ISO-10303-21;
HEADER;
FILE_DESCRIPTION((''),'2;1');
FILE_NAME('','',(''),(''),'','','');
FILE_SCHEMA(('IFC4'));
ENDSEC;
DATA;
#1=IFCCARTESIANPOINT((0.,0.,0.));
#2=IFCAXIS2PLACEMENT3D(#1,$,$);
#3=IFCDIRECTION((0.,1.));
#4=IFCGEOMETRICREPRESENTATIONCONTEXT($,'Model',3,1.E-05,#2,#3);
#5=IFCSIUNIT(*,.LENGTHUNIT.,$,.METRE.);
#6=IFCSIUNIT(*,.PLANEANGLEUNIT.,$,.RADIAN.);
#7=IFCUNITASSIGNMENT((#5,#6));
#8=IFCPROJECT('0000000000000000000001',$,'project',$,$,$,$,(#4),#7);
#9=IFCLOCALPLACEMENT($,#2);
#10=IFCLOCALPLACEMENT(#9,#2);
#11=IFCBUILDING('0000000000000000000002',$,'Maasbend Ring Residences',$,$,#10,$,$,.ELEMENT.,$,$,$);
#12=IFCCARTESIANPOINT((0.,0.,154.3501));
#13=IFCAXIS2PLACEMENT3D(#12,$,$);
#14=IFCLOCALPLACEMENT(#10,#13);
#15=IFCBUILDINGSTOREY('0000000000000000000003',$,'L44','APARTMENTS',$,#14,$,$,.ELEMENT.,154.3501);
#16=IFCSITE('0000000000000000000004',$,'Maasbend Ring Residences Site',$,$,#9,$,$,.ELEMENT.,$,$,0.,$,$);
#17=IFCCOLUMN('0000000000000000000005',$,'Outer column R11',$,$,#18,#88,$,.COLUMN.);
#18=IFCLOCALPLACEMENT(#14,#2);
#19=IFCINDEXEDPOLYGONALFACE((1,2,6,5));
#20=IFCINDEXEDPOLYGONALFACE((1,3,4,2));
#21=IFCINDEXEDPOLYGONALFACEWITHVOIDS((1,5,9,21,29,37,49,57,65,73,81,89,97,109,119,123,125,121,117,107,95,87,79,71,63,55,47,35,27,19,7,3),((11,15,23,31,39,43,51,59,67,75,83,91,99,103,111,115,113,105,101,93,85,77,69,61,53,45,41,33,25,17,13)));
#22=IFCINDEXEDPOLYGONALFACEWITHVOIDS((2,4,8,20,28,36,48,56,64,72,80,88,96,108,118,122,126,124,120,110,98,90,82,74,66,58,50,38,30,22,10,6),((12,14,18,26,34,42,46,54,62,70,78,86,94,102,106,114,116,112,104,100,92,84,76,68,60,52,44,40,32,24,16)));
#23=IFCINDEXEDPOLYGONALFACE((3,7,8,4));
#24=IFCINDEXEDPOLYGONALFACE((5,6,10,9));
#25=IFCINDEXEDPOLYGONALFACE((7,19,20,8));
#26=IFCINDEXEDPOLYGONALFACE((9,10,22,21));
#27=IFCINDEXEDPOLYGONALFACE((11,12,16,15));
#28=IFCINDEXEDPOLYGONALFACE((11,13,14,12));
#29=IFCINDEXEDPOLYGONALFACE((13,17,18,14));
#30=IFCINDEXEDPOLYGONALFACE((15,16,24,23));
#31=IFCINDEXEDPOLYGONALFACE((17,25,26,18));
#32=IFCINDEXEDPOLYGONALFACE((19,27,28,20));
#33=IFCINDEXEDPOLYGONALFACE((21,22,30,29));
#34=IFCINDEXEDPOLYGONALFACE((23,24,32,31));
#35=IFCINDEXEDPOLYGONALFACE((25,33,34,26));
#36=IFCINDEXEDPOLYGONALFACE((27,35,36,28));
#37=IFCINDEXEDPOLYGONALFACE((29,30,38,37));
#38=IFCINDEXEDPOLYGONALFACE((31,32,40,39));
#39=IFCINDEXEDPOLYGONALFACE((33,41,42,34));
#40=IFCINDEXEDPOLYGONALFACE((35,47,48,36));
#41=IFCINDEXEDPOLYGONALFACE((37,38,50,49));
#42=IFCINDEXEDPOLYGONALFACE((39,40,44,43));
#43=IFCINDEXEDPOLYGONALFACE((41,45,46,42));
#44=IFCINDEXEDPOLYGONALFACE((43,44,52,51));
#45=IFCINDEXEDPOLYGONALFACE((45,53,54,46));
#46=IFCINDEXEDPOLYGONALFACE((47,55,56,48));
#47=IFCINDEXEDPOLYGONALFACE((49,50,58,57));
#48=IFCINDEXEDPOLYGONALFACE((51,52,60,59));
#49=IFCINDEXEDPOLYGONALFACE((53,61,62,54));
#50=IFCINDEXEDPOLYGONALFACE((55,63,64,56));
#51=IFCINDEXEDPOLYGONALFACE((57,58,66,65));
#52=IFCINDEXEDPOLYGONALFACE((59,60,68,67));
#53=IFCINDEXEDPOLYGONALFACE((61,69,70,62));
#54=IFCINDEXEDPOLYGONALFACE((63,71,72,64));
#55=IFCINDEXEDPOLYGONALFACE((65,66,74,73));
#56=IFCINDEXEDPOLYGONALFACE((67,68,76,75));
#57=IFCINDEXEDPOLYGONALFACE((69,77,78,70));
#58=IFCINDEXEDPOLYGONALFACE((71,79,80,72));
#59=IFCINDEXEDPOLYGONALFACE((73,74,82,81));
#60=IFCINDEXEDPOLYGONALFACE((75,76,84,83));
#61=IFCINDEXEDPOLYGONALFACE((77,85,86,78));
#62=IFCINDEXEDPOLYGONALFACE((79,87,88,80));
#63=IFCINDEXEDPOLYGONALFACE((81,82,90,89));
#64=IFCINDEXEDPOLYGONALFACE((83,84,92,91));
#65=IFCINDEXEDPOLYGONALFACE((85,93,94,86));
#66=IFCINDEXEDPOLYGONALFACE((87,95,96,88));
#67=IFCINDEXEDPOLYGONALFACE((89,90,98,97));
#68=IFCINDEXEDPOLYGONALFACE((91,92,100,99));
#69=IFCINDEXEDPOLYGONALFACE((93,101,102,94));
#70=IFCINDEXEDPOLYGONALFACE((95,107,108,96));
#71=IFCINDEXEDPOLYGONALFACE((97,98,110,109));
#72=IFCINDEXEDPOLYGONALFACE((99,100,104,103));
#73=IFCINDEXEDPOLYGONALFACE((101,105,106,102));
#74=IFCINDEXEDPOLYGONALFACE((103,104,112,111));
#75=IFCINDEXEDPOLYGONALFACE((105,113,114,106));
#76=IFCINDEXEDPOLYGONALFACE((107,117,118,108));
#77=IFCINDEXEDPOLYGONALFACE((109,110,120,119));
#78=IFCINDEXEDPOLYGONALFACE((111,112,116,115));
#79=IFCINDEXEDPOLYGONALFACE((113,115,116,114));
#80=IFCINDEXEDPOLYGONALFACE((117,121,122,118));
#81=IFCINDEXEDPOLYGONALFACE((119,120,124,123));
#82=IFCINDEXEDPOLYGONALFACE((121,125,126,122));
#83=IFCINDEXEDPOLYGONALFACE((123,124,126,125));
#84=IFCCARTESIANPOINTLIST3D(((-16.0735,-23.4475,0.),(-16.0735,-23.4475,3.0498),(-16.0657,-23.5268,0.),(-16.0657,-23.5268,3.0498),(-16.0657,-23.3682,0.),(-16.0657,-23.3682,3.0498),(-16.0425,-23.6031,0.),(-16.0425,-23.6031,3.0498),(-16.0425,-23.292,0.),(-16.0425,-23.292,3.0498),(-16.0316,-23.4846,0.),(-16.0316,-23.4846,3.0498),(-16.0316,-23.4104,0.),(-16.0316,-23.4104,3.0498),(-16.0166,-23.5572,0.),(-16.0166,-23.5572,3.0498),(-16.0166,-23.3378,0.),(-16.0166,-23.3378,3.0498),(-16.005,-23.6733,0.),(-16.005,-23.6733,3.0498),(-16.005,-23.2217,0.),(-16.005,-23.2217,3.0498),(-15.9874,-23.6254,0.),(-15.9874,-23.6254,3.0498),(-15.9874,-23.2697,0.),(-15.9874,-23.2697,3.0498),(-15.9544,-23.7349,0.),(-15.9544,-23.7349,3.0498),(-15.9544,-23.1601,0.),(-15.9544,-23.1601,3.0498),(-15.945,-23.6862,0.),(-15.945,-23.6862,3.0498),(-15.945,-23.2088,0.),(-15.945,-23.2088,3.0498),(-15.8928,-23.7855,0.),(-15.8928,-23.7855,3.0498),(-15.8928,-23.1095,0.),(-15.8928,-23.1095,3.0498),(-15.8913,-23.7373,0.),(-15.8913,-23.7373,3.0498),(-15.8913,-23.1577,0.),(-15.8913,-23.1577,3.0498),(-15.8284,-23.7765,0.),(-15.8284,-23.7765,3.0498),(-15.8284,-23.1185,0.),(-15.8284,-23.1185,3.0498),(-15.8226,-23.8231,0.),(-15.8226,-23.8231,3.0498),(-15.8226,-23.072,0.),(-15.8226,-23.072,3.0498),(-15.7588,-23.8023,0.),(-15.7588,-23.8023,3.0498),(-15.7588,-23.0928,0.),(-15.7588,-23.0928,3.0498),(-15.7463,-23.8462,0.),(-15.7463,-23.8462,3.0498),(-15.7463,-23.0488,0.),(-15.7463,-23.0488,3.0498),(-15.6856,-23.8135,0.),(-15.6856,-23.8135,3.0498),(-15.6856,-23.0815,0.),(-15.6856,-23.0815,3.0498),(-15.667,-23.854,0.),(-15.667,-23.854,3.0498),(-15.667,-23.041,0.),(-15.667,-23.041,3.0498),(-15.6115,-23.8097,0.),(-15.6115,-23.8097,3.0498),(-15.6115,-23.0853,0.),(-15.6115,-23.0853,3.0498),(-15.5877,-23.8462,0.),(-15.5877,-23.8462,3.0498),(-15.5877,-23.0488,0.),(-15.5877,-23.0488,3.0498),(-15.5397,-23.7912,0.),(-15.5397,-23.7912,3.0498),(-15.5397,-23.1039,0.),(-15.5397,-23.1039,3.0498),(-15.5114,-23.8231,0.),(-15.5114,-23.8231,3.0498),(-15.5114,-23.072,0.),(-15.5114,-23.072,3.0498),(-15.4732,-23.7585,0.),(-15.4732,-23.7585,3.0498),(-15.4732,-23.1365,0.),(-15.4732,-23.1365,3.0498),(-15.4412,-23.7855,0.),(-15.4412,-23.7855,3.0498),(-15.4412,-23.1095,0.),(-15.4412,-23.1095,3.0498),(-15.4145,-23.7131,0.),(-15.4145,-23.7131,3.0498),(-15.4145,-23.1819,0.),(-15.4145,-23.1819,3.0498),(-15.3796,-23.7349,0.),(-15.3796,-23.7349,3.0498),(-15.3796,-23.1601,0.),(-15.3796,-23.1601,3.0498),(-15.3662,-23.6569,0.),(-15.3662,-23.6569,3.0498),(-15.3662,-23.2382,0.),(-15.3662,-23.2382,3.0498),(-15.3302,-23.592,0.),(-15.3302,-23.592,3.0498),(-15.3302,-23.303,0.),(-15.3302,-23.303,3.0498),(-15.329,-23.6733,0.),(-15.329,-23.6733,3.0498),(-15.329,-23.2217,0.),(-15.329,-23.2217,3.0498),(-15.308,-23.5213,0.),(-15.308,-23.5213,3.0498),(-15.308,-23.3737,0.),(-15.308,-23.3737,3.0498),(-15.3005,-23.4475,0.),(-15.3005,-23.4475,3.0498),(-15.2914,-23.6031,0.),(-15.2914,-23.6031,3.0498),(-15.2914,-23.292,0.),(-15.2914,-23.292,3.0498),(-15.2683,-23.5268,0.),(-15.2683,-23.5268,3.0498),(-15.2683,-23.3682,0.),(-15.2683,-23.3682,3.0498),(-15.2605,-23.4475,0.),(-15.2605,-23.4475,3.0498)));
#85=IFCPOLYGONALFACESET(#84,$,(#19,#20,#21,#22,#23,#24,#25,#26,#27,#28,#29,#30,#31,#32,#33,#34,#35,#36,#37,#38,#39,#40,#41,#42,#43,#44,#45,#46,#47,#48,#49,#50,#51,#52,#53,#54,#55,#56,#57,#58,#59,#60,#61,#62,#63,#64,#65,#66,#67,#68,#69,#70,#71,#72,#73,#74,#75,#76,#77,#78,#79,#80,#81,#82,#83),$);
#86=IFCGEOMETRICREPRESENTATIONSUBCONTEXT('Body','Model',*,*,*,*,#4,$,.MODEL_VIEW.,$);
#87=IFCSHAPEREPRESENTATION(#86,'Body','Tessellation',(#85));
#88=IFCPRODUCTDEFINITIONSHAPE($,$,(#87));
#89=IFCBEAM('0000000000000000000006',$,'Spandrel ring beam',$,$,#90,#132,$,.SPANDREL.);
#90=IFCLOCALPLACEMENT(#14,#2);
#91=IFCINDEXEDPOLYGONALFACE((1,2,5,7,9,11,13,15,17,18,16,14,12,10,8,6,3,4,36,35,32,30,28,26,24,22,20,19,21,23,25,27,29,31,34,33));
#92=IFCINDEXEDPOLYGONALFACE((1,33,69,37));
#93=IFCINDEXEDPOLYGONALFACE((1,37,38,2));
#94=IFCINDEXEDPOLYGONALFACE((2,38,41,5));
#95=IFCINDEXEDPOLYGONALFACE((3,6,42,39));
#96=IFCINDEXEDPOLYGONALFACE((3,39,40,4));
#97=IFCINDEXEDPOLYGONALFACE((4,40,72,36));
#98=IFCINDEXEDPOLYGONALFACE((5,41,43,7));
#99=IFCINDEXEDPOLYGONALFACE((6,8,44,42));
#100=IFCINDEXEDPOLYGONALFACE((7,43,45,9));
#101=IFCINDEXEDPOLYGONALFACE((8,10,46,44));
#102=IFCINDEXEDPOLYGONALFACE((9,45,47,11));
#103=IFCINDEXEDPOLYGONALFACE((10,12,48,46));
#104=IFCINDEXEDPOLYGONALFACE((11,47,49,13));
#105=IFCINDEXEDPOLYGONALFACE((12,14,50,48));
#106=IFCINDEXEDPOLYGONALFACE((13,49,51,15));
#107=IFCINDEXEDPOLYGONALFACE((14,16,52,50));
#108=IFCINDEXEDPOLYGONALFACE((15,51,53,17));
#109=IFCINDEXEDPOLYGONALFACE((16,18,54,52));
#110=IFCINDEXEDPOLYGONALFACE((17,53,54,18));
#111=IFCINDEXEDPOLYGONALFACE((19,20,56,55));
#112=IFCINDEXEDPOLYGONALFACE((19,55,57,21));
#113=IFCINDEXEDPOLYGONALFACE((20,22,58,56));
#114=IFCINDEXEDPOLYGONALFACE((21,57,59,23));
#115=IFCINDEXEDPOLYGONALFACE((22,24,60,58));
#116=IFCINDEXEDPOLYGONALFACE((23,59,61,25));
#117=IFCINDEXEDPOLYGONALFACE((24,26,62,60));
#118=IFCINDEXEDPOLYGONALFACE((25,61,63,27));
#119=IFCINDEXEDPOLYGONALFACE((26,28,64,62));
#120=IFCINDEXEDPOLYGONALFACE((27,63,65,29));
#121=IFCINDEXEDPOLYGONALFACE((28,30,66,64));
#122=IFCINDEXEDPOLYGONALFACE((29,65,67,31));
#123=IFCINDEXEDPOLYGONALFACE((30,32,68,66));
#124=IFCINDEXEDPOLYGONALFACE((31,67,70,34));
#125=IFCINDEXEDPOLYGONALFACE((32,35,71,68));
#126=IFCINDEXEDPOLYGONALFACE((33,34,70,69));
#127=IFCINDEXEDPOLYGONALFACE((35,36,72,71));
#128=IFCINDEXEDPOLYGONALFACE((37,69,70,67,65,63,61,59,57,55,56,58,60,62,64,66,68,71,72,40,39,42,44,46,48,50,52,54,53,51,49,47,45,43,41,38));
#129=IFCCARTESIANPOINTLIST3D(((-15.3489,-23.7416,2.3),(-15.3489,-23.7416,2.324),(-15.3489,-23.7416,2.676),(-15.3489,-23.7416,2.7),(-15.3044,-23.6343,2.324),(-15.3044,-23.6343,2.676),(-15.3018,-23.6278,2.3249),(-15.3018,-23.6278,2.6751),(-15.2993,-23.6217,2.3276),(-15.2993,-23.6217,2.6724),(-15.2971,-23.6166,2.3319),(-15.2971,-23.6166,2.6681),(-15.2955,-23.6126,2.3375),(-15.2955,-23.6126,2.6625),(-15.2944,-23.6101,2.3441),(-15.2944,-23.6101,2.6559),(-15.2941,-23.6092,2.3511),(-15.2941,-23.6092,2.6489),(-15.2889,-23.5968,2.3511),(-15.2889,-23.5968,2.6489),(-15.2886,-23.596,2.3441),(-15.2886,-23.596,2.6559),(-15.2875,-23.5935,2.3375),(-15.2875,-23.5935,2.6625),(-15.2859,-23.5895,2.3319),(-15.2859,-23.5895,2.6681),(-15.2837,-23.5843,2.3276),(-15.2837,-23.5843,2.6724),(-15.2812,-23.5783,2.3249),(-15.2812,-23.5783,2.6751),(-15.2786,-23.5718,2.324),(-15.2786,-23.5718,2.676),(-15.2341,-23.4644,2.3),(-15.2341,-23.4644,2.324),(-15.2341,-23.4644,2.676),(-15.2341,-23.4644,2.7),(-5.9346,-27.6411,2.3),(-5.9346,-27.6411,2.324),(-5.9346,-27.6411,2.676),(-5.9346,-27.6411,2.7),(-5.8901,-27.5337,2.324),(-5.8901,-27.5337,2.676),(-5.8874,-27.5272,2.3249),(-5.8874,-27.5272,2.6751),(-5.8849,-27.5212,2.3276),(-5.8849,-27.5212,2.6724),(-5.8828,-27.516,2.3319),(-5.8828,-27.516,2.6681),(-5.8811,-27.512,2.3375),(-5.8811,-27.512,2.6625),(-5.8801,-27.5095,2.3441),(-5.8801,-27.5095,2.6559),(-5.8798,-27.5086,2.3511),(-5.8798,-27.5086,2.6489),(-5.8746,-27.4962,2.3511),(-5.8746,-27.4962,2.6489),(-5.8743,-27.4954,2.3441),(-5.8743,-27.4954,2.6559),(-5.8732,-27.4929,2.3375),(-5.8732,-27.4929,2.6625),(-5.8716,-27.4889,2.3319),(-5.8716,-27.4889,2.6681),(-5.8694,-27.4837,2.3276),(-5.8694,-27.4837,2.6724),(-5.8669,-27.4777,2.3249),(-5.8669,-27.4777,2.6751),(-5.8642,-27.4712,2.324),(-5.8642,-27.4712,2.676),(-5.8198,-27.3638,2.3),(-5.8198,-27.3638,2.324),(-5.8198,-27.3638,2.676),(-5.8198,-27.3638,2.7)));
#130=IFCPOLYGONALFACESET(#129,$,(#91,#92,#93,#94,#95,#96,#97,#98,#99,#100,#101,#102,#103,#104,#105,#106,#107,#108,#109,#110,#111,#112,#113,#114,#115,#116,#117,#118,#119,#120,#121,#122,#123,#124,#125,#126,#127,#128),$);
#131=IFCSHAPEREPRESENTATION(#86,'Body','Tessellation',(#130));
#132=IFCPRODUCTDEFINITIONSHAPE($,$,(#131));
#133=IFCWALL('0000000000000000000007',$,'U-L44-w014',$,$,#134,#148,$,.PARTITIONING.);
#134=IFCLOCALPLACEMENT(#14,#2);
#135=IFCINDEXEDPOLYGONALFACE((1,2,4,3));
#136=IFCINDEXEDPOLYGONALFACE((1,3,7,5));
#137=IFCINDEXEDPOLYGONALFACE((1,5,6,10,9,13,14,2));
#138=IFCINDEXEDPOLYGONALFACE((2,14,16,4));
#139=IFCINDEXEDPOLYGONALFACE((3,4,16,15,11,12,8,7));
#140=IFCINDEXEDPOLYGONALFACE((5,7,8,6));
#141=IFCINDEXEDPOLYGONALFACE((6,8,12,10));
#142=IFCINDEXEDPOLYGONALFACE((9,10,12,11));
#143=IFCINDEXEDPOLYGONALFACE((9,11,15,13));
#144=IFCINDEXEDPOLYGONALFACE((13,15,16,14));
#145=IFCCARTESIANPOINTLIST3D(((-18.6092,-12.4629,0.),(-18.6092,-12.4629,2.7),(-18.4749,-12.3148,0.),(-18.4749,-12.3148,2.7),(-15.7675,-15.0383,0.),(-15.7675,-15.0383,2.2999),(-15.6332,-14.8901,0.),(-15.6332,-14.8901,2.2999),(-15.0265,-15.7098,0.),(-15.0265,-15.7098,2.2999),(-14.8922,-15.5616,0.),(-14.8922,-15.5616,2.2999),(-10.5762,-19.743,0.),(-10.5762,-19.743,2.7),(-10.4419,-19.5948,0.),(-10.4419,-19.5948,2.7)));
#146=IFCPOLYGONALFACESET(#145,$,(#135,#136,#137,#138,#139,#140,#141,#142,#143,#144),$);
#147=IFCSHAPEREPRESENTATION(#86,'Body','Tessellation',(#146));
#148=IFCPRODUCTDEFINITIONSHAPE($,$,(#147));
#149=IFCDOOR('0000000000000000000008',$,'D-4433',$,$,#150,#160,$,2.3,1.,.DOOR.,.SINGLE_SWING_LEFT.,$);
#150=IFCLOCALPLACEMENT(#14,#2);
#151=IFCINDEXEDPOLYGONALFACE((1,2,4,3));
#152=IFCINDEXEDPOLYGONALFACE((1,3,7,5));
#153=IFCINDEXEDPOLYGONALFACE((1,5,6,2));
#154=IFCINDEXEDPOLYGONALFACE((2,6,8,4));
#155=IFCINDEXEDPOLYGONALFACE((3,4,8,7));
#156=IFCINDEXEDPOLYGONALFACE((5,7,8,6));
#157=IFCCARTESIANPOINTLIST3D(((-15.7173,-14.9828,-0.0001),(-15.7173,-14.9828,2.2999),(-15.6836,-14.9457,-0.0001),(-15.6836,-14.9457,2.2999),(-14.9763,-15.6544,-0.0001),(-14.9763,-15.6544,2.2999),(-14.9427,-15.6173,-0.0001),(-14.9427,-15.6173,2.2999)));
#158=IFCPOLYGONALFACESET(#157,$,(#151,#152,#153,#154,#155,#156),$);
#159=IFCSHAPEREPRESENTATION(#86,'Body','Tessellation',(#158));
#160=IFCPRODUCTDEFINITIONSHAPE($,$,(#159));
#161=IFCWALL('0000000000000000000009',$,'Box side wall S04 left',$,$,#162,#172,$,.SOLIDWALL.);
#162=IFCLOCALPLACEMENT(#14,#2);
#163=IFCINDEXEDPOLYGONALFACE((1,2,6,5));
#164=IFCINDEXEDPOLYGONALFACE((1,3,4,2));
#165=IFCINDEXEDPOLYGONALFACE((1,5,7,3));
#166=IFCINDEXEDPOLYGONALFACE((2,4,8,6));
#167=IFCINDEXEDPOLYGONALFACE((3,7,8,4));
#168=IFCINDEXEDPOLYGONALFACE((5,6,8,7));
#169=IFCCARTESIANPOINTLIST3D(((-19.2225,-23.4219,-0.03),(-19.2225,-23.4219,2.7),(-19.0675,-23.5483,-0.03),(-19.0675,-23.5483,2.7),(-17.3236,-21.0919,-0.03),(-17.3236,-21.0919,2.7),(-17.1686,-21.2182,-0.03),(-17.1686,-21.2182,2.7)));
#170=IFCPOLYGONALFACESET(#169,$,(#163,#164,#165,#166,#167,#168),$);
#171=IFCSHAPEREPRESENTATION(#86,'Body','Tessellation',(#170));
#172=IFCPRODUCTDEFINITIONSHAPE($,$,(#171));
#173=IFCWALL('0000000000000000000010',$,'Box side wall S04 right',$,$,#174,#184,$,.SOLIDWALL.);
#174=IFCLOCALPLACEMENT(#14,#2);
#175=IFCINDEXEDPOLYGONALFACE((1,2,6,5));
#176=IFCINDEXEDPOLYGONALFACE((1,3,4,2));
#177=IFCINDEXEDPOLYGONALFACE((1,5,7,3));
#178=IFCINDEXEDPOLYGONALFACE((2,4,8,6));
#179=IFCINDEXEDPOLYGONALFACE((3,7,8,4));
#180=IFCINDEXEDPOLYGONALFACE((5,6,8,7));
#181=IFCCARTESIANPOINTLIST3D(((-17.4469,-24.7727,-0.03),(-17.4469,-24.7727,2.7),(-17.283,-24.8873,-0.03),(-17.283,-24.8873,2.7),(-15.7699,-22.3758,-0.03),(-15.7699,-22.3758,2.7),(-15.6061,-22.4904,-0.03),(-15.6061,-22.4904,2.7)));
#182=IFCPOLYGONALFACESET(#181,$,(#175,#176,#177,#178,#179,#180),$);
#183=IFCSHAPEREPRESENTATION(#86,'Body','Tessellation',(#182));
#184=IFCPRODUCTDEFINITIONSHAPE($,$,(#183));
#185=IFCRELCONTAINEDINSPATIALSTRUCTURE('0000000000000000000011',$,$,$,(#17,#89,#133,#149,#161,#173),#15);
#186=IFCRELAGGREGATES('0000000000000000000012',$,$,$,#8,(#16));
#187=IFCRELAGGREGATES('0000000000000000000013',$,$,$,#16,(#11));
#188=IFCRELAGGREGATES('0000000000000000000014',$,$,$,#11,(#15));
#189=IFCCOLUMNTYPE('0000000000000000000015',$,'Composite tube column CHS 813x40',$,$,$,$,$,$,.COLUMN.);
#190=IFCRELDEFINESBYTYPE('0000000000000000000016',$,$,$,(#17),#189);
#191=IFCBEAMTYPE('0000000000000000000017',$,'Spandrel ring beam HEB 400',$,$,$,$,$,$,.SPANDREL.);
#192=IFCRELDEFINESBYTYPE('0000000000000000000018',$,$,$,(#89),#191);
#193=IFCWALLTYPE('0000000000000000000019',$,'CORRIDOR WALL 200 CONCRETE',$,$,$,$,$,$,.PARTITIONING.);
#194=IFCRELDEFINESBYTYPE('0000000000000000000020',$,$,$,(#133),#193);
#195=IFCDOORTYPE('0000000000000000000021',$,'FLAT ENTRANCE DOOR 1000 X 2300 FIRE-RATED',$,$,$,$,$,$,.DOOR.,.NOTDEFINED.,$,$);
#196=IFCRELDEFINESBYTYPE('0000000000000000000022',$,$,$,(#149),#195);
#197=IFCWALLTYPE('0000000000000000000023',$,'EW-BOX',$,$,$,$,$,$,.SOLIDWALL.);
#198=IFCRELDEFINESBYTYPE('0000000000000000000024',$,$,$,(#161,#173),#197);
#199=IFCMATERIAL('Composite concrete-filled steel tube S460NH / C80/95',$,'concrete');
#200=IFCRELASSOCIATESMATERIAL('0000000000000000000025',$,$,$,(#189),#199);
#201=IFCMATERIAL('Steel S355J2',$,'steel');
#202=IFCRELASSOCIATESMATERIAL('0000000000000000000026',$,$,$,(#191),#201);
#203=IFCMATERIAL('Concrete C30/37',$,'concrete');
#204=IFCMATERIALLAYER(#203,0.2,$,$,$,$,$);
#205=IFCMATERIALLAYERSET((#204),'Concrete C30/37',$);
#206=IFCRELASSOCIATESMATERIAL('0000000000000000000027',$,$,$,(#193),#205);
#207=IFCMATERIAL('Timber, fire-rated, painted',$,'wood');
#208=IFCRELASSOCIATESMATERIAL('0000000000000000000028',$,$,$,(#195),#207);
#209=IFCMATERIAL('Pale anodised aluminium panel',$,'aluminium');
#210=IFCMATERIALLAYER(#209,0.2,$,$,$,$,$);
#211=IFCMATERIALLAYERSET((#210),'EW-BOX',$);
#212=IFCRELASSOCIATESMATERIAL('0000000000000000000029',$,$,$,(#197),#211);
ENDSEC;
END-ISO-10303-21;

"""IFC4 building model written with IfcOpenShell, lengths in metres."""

from ifc_helpers import new_model, si_unit, direction, frame, frame_2d, origin, origin_2d, place, context, subcontext, project, spatial, rectangle, hollow_circle, i_section, extrude, material, layer, layer_set, material_profile, profile_set, type_object, element, fill, save


model = new_model("IFC4")

# Units and contexts
model_context = context("Model", 3, precision=1e-05, world=origin(), true_north=direction((0.0, 1.0)))
body_context = subcontext(model_context, "Body", "Model", "MODEL_VIEW")
ifc_project = project(units=[si_unit("LENGTHUNIT", "METRE"), si_unit("PLANEANGLEUNIT", "RADIAN")], contexts=[model_context])

# Site, building, storey
site_placement = place(None, origin())
site = spatial("IfcSite", under=ifc_project, at=site_placement, Name="Maasbend Ring Residences Site", CompositionType="ELEMENT", RefElevation=0.0)
building_placement = place(site_placement, origin())
building = spatial("IfcBuilding", under=site, at=building_placement, Name="Maasbend Ring Residences", CompositionType="ELEMENT")
storey_placement = place(building_placement, frame((0.0, 0.0, 154.3501)))
storey = spatial("IfcBuildingStorey", under=building, at=storey_placement, Name="L44", Description="APARTMENTS", CompositionType="ELEMENT", Elevation=154.3501)

# Column
ifc_material_1 = material(Name="Composite concrete-filled steel tube S460NH / C80/95", Category="concrete")
ifc_material_profile_1 = material_profile(ifc_material_1, hollow_circle(Radius=0.4065, WallThickness=0.04, at=origin_2d()), Name="Composite tube column CHS 813x40")
ifc_profile_set_1 = profile_set([ifc_material_profile_1], Name="Composite concrete-filled steel tube S460NH / C80/95")
column_type = type_object("IfcColumnType", Name="Composite tube column CHS 813x40", PredefinedType="COLUMN", material=ifc_profile_set_1)
column_placement = place(storey_placement, frame((-15.667, -23.4475, 0.0), z_axis=(0.0, 0.0, 1.0), x_axis=(1.0, 0.0, 0.0)))
element("IfcColumn", 1, at=column_placement, inside=storey, type_object=column_type, Name="Outer column R11", PredefinedType="COLUMN", context=body_context, shape_type="SweptSolid", body=[
    extrude(hollow_circle(Radius=0.4065, WallThickness=0.04, at=origin_2d()), origin(), (0.0, 0.0, 1.0), 3.0498),
])

# Beam
ifc_material_2 = material(Name="Steel S355J2", Category="steel")
ifc_material_profile_2 = material_profile(ifc_material_2, i_section(OverallWidth=0.3, OverallDepth=0.3999, WebThickness=0.0134, FlangeThickness=0.0239, FilletRadius=0.0271, at=origin_2d()), Name="HEB 400")
ifc_profile_set_2 = profile_set([ifc_material_profile_2], Name="Steel S355J2")
beam_type = type_object("IfcBeamType", Name="Spandrel ring beam HEB 400", PredefinedType="SPANDREL", material=ifc_profile_set_2)
beam_placement = place(storey_placement, frame((-15.2915, -23.603, 2.5), z_axis=(0.923884, -0.382673, 0.0), x_axis=(0.382673, 0.923884, 0.0)))
element("IfcBeam", 2, at=beam_placement, inside=storey, type_object=beam_type, Name="Spandrel ring beam", PredefinedType="SPANDREL", context=body_context, shape_type="SweptSolid", body=[
    extrude(i_section(OverallWidth=0.3, OverallDepth=0.3999, WebThickness=0.0134, FlangeThickness=0.0239, FilletRadius=0.0271, at=origin_2d()), origin(), (0.0, 0.0, 1.0), 10.1899),
])

# Wall, opening, door
ifc_material_3 = material(Name="Concrete C30/37", Category="concrete")
ifc_layer_1 = layer(ifc_material_3, 0.2)
ifc_layer_set_1 = layer_set([ifc_layer_1], Name="Concrete C30/37")
wall_type_1 = type_object("IfcWallType", Name="CORRIDOR WALL 200 CONCRETE", PredefinedType="PARTITIONING", material=ifc_layer_set_1)
wall_1_placement = place(storey_placement, frame((-18.542, -12.3889, 0.0), z_axis=(0.0, 0.0, 1.0), x_axis=(0.74098, -0.671528, 0.0)))
wall_1 = element("IfcWall", 3, at=wall_1_placement, inside=storey, type_object=wall_type_1, Name="U-L44-w014", PredefinedType="PARTITIONING", context=body_context, shape_type="SweptSolid", body=[
    extrude(rectangle(XDim=10.8411, YDim=0.2, at=frame_2d((5.4204, 0.0))), origin(), (0.0, 0.0, 1.0), 2.7),
])
opening_1_placement = place(wall_1_placement, frame((3.835, 0.0, 0.0)))
opening_1 = element("IfcOpeningElement", 4, at=opening_1_placement, cuts=wall_1, PredefinedType="OPENING", context=body_context, shape_type="SweptSolid", body=[
    extrude(rectangle(XDim=1.0, YDim=2.3, at=frame_2d((0.5, 1.1499))), frame((0.0, 0.1099, 0.0), z_axis=(0.0, -1.0, 0.0), x_axis=(1.0, 0.0, 0.0)), (0.0, 0.0, 1.0), 0.22),
])
ifc_material_4 = material(Name="Timber, fire-rated, painted", Category="wood")
door_type_1 = type_object("IfcDoorType", Name="FLAT ENTRANCE DOOR 1000 X 2300 FIRE-RATED", OperationType="NOTDEFINED", PredefinedType="DOOR", material=ifc_material_4)
door_1_placement = place(opening_1_placement, origin())
door_1 = element("IfcDoor", 5, at=door_1_placement, inside=storey, type_object=door_type_1, Name="D-4433", OperationType="SINGLE_SWING_LEFT", OverallHeight=2.3, OverallWidth=1.0, PredefinedType="DOOR", context=body_context, shape_type="SweptSolid", body=[
    extrude(rectangle(XDim=1.0, YDim=2.3, at=frame_2d((0.5, 1.1499))), frame((0.0, 0.0249, 0.0), z_axis=(0.0, -1.0, 0.0), x_axis=(1.0, 0.0, 0.0)), (0.0, 0.0, 1.0), 0.05),
])
fill(opening_1, door_1)

# Walls
ifc_material_5 = material(Name="Pale anodised aluminium panel", Category="aluminium")
ifc_layer_2 = layer(ifc_material_5, 0.2)
ifc_layer_set_2 = layer_set([ifc_layer_2], Name="EW-BOX")
wall_type_2 = type_object("IfcWallType", Name="EW-BOX", PredefinedType="SOLIDWALL", material=ifc_layer_set_2)
wall_2_placement = place(storey_placement, frame((-17.2461, -21.155, -0.03), z_axis=(0.0, 0.0, 1.0), x_axis=(-0.631742, -0.775179, 0.0)))
element("IfcWall", 6, at=wall_2_placement, inside=storey, type_object=wall_type_2, Name="Box side wall S04 left", PredefinedType="SOLIDWALL", context=body_context, shape_type="SweptSolid", body=[
    extrude(rectangle(XDim=3.0059, YDim=0.2, at=frame_2d((1.5029, 0.0))), origin(), (0.0, 0.0, 1.0), 2.73),
])
wall_3_placement = place(storey_placement, frame((-15.688, -22.4331, -0.03), z_axis=(0.0, 0.0, 1.0), x_axis=(-0.573261, -0.819373, 0.0)))
element("IfcWall", 7, at=wall_3_placement, inside=storey, type_object=wall_type_2, Name="Box side wall S04 right", PredefinedType="SOLIDWALL", context=body_context, shape_type="SweptSolid", body=[
    extrude(rectangle(XDim=2.9253, YDim=0.2, at=frame_2d((1.4626, 0.0))), origin(), (0.0, 0.0, 1.0), 2.73),
])

save(model, "model.ifc")
